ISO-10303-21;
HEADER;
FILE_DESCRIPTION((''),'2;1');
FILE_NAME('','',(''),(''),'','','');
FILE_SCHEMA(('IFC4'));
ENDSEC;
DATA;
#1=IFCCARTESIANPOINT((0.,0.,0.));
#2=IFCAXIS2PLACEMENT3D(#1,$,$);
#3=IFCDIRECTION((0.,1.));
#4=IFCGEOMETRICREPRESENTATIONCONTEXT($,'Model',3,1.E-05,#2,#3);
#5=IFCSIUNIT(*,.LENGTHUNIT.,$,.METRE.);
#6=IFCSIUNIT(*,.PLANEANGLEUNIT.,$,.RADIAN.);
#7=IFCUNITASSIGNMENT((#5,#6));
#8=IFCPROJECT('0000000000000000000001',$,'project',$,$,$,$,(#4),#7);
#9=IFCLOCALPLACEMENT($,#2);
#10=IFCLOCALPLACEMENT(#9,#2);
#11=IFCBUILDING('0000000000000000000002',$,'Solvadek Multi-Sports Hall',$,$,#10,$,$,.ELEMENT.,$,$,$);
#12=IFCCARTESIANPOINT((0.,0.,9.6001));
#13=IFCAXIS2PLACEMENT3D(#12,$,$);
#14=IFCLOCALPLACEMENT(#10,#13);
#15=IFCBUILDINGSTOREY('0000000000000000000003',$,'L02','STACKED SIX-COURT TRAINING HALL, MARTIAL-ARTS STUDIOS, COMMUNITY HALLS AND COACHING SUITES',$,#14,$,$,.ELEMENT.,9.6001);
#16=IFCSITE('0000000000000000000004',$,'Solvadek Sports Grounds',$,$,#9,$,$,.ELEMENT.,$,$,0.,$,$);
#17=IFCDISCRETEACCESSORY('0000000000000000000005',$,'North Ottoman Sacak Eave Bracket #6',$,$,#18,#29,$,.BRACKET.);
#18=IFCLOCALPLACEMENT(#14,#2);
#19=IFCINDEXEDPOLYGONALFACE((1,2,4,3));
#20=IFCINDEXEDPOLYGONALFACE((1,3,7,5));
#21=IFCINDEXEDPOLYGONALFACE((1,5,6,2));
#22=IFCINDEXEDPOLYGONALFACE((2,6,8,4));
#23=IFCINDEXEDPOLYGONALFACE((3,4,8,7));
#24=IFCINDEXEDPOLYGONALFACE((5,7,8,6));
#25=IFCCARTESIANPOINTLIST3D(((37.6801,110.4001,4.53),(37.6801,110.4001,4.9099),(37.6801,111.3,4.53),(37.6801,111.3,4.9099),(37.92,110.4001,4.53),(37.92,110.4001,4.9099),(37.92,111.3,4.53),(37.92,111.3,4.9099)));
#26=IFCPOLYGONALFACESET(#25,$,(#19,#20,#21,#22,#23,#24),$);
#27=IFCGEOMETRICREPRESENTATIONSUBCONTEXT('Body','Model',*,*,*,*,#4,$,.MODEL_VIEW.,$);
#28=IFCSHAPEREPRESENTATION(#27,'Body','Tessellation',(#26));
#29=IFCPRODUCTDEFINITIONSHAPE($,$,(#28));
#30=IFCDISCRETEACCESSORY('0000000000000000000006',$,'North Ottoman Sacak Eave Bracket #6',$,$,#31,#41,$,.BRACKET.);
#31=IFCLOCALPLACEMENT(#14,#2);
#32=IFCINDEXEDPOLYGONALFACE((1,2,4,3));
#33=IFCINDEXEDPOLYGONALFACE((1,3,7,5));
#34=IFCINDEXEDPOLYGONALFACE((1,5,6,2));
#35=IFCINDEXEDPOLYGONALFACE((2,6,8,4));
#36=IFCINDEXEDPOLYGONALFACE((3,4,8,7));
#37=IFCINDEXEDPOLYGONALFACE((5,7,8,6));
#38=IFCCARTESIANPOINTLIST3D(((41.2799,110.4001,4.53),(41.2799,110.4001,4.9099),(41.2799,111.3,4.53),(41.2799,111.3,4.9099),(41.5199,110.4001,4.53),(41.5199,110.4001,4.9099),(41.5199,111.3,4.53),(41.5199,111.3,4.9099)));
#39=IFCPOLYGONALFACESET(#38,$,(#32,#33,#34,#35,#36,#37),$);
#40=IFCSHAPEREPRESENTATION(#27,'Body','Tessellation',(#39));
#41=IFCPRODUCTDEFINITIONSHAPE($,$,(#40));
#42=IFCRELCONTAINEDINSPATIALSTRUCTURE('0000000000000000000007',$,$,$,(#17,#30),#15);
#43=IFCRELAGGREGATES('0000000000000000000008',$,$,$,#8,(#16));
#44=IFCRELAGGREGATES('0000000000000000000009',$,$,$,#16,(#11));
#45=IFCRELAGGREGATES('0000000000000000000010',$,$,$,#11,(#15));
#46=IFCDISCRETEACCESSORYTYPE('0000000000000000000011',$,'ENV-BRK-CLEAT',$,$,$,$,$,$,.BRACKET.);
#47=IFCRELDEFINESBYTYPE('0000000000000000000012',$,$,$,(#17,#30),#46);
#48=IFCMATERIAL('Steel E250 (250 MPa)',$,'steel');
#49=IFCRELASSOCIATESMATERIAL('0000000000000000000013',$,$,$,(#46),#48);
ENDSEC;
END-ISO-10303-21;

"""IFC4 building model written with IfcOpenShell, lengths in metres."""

from ifc_helpers import new_model, si_unit, direction, frame, origin, origin_2d, place, context, subcontext, project, spatial, rectangle, extrude, material, type_object, element, save


model = new_model("IFC4")

# Units and contexts
model_context = context("Model", 3, precision=1e-05, world=origin(), true_north=direction((0.0, 1.0)))
body_context = subcontext(model_context, "Body", "Model", "MODEL_VIEW")
ifc_project = project(units=[si_unit("LENGTHUNIT", "METRE"), si_unit("PLANEANGLEUNIT", "RADIAN")], contexts=[model_context])

# Site, building, storey
site_placement = place(None, origin())
site = spatial("IfcSite", under=ifc_project, at=site_placement, Name="Solvadek Sports Grounds", CompositionType="ELEMENT", RefElevation=0.0)
building_placement = place(site_placement, origin())
building = spatial("IfcBuilding", under=site, at=building_placement, Name="Solvadek Multi-Sports Hall", CompositionType="ELEMENT")
storey_placement = place(building_placement, frame((0.0, 0.0, 9.6001)))
storey = spatial("IfcBuildingStorey", under=building, at=storey_placement, Name="L02", Description="STACKED SIX-COURT TRAINING HALL, MARTIAL-ARTS STUDIOS, COMMUNITY HALLS AND COACHING SUITES", CompositionType="ELEMENT", Elevation=9.6001)

# Shared definitions
ifc_material_1 = material(Name="Steel E250 (250 MPa)", Category="steel")

# Discrete accessories
discrete_accessory_type = type_object("IfcDiscreteAccessoryType", Name="ENV-BRK-CLEAT", PredefinedType="BRACKET", material=ifc_material_1)
for number, where, z_axis, x_axis, name in (
    (1, (37.8, 110.8501, 4.53), (0.0, 0.0, 1.0), (1.0, 0.0, 0.0), "North Ottoman Sacak Eave Bracket #6"),
    (2, (41.3999, 110.8501, 4.53), (0.0, 0.0, 1.0), (1.0, 0.0, 0.0), "North Ottoman Sacak Eave Bracket #6"),
):
    element("IfcDiscreteAccessory", number, at=place(storey_placement, frame(where, z_axis=z_axis, x_axis=x_axis)), inside=storey, type_object=discrete_accessory_type, Name=name, PredefinedType="BRACKET", context=body_context, shape_type="SweptSolid", body=[
        extrude(rectangle(XDim=0.24, YDim=0.8999, at=origin_2d()), origin(), (0.0, 0.0, 1.0), 0.3799),
    ])

save(model, "model.ifc")
